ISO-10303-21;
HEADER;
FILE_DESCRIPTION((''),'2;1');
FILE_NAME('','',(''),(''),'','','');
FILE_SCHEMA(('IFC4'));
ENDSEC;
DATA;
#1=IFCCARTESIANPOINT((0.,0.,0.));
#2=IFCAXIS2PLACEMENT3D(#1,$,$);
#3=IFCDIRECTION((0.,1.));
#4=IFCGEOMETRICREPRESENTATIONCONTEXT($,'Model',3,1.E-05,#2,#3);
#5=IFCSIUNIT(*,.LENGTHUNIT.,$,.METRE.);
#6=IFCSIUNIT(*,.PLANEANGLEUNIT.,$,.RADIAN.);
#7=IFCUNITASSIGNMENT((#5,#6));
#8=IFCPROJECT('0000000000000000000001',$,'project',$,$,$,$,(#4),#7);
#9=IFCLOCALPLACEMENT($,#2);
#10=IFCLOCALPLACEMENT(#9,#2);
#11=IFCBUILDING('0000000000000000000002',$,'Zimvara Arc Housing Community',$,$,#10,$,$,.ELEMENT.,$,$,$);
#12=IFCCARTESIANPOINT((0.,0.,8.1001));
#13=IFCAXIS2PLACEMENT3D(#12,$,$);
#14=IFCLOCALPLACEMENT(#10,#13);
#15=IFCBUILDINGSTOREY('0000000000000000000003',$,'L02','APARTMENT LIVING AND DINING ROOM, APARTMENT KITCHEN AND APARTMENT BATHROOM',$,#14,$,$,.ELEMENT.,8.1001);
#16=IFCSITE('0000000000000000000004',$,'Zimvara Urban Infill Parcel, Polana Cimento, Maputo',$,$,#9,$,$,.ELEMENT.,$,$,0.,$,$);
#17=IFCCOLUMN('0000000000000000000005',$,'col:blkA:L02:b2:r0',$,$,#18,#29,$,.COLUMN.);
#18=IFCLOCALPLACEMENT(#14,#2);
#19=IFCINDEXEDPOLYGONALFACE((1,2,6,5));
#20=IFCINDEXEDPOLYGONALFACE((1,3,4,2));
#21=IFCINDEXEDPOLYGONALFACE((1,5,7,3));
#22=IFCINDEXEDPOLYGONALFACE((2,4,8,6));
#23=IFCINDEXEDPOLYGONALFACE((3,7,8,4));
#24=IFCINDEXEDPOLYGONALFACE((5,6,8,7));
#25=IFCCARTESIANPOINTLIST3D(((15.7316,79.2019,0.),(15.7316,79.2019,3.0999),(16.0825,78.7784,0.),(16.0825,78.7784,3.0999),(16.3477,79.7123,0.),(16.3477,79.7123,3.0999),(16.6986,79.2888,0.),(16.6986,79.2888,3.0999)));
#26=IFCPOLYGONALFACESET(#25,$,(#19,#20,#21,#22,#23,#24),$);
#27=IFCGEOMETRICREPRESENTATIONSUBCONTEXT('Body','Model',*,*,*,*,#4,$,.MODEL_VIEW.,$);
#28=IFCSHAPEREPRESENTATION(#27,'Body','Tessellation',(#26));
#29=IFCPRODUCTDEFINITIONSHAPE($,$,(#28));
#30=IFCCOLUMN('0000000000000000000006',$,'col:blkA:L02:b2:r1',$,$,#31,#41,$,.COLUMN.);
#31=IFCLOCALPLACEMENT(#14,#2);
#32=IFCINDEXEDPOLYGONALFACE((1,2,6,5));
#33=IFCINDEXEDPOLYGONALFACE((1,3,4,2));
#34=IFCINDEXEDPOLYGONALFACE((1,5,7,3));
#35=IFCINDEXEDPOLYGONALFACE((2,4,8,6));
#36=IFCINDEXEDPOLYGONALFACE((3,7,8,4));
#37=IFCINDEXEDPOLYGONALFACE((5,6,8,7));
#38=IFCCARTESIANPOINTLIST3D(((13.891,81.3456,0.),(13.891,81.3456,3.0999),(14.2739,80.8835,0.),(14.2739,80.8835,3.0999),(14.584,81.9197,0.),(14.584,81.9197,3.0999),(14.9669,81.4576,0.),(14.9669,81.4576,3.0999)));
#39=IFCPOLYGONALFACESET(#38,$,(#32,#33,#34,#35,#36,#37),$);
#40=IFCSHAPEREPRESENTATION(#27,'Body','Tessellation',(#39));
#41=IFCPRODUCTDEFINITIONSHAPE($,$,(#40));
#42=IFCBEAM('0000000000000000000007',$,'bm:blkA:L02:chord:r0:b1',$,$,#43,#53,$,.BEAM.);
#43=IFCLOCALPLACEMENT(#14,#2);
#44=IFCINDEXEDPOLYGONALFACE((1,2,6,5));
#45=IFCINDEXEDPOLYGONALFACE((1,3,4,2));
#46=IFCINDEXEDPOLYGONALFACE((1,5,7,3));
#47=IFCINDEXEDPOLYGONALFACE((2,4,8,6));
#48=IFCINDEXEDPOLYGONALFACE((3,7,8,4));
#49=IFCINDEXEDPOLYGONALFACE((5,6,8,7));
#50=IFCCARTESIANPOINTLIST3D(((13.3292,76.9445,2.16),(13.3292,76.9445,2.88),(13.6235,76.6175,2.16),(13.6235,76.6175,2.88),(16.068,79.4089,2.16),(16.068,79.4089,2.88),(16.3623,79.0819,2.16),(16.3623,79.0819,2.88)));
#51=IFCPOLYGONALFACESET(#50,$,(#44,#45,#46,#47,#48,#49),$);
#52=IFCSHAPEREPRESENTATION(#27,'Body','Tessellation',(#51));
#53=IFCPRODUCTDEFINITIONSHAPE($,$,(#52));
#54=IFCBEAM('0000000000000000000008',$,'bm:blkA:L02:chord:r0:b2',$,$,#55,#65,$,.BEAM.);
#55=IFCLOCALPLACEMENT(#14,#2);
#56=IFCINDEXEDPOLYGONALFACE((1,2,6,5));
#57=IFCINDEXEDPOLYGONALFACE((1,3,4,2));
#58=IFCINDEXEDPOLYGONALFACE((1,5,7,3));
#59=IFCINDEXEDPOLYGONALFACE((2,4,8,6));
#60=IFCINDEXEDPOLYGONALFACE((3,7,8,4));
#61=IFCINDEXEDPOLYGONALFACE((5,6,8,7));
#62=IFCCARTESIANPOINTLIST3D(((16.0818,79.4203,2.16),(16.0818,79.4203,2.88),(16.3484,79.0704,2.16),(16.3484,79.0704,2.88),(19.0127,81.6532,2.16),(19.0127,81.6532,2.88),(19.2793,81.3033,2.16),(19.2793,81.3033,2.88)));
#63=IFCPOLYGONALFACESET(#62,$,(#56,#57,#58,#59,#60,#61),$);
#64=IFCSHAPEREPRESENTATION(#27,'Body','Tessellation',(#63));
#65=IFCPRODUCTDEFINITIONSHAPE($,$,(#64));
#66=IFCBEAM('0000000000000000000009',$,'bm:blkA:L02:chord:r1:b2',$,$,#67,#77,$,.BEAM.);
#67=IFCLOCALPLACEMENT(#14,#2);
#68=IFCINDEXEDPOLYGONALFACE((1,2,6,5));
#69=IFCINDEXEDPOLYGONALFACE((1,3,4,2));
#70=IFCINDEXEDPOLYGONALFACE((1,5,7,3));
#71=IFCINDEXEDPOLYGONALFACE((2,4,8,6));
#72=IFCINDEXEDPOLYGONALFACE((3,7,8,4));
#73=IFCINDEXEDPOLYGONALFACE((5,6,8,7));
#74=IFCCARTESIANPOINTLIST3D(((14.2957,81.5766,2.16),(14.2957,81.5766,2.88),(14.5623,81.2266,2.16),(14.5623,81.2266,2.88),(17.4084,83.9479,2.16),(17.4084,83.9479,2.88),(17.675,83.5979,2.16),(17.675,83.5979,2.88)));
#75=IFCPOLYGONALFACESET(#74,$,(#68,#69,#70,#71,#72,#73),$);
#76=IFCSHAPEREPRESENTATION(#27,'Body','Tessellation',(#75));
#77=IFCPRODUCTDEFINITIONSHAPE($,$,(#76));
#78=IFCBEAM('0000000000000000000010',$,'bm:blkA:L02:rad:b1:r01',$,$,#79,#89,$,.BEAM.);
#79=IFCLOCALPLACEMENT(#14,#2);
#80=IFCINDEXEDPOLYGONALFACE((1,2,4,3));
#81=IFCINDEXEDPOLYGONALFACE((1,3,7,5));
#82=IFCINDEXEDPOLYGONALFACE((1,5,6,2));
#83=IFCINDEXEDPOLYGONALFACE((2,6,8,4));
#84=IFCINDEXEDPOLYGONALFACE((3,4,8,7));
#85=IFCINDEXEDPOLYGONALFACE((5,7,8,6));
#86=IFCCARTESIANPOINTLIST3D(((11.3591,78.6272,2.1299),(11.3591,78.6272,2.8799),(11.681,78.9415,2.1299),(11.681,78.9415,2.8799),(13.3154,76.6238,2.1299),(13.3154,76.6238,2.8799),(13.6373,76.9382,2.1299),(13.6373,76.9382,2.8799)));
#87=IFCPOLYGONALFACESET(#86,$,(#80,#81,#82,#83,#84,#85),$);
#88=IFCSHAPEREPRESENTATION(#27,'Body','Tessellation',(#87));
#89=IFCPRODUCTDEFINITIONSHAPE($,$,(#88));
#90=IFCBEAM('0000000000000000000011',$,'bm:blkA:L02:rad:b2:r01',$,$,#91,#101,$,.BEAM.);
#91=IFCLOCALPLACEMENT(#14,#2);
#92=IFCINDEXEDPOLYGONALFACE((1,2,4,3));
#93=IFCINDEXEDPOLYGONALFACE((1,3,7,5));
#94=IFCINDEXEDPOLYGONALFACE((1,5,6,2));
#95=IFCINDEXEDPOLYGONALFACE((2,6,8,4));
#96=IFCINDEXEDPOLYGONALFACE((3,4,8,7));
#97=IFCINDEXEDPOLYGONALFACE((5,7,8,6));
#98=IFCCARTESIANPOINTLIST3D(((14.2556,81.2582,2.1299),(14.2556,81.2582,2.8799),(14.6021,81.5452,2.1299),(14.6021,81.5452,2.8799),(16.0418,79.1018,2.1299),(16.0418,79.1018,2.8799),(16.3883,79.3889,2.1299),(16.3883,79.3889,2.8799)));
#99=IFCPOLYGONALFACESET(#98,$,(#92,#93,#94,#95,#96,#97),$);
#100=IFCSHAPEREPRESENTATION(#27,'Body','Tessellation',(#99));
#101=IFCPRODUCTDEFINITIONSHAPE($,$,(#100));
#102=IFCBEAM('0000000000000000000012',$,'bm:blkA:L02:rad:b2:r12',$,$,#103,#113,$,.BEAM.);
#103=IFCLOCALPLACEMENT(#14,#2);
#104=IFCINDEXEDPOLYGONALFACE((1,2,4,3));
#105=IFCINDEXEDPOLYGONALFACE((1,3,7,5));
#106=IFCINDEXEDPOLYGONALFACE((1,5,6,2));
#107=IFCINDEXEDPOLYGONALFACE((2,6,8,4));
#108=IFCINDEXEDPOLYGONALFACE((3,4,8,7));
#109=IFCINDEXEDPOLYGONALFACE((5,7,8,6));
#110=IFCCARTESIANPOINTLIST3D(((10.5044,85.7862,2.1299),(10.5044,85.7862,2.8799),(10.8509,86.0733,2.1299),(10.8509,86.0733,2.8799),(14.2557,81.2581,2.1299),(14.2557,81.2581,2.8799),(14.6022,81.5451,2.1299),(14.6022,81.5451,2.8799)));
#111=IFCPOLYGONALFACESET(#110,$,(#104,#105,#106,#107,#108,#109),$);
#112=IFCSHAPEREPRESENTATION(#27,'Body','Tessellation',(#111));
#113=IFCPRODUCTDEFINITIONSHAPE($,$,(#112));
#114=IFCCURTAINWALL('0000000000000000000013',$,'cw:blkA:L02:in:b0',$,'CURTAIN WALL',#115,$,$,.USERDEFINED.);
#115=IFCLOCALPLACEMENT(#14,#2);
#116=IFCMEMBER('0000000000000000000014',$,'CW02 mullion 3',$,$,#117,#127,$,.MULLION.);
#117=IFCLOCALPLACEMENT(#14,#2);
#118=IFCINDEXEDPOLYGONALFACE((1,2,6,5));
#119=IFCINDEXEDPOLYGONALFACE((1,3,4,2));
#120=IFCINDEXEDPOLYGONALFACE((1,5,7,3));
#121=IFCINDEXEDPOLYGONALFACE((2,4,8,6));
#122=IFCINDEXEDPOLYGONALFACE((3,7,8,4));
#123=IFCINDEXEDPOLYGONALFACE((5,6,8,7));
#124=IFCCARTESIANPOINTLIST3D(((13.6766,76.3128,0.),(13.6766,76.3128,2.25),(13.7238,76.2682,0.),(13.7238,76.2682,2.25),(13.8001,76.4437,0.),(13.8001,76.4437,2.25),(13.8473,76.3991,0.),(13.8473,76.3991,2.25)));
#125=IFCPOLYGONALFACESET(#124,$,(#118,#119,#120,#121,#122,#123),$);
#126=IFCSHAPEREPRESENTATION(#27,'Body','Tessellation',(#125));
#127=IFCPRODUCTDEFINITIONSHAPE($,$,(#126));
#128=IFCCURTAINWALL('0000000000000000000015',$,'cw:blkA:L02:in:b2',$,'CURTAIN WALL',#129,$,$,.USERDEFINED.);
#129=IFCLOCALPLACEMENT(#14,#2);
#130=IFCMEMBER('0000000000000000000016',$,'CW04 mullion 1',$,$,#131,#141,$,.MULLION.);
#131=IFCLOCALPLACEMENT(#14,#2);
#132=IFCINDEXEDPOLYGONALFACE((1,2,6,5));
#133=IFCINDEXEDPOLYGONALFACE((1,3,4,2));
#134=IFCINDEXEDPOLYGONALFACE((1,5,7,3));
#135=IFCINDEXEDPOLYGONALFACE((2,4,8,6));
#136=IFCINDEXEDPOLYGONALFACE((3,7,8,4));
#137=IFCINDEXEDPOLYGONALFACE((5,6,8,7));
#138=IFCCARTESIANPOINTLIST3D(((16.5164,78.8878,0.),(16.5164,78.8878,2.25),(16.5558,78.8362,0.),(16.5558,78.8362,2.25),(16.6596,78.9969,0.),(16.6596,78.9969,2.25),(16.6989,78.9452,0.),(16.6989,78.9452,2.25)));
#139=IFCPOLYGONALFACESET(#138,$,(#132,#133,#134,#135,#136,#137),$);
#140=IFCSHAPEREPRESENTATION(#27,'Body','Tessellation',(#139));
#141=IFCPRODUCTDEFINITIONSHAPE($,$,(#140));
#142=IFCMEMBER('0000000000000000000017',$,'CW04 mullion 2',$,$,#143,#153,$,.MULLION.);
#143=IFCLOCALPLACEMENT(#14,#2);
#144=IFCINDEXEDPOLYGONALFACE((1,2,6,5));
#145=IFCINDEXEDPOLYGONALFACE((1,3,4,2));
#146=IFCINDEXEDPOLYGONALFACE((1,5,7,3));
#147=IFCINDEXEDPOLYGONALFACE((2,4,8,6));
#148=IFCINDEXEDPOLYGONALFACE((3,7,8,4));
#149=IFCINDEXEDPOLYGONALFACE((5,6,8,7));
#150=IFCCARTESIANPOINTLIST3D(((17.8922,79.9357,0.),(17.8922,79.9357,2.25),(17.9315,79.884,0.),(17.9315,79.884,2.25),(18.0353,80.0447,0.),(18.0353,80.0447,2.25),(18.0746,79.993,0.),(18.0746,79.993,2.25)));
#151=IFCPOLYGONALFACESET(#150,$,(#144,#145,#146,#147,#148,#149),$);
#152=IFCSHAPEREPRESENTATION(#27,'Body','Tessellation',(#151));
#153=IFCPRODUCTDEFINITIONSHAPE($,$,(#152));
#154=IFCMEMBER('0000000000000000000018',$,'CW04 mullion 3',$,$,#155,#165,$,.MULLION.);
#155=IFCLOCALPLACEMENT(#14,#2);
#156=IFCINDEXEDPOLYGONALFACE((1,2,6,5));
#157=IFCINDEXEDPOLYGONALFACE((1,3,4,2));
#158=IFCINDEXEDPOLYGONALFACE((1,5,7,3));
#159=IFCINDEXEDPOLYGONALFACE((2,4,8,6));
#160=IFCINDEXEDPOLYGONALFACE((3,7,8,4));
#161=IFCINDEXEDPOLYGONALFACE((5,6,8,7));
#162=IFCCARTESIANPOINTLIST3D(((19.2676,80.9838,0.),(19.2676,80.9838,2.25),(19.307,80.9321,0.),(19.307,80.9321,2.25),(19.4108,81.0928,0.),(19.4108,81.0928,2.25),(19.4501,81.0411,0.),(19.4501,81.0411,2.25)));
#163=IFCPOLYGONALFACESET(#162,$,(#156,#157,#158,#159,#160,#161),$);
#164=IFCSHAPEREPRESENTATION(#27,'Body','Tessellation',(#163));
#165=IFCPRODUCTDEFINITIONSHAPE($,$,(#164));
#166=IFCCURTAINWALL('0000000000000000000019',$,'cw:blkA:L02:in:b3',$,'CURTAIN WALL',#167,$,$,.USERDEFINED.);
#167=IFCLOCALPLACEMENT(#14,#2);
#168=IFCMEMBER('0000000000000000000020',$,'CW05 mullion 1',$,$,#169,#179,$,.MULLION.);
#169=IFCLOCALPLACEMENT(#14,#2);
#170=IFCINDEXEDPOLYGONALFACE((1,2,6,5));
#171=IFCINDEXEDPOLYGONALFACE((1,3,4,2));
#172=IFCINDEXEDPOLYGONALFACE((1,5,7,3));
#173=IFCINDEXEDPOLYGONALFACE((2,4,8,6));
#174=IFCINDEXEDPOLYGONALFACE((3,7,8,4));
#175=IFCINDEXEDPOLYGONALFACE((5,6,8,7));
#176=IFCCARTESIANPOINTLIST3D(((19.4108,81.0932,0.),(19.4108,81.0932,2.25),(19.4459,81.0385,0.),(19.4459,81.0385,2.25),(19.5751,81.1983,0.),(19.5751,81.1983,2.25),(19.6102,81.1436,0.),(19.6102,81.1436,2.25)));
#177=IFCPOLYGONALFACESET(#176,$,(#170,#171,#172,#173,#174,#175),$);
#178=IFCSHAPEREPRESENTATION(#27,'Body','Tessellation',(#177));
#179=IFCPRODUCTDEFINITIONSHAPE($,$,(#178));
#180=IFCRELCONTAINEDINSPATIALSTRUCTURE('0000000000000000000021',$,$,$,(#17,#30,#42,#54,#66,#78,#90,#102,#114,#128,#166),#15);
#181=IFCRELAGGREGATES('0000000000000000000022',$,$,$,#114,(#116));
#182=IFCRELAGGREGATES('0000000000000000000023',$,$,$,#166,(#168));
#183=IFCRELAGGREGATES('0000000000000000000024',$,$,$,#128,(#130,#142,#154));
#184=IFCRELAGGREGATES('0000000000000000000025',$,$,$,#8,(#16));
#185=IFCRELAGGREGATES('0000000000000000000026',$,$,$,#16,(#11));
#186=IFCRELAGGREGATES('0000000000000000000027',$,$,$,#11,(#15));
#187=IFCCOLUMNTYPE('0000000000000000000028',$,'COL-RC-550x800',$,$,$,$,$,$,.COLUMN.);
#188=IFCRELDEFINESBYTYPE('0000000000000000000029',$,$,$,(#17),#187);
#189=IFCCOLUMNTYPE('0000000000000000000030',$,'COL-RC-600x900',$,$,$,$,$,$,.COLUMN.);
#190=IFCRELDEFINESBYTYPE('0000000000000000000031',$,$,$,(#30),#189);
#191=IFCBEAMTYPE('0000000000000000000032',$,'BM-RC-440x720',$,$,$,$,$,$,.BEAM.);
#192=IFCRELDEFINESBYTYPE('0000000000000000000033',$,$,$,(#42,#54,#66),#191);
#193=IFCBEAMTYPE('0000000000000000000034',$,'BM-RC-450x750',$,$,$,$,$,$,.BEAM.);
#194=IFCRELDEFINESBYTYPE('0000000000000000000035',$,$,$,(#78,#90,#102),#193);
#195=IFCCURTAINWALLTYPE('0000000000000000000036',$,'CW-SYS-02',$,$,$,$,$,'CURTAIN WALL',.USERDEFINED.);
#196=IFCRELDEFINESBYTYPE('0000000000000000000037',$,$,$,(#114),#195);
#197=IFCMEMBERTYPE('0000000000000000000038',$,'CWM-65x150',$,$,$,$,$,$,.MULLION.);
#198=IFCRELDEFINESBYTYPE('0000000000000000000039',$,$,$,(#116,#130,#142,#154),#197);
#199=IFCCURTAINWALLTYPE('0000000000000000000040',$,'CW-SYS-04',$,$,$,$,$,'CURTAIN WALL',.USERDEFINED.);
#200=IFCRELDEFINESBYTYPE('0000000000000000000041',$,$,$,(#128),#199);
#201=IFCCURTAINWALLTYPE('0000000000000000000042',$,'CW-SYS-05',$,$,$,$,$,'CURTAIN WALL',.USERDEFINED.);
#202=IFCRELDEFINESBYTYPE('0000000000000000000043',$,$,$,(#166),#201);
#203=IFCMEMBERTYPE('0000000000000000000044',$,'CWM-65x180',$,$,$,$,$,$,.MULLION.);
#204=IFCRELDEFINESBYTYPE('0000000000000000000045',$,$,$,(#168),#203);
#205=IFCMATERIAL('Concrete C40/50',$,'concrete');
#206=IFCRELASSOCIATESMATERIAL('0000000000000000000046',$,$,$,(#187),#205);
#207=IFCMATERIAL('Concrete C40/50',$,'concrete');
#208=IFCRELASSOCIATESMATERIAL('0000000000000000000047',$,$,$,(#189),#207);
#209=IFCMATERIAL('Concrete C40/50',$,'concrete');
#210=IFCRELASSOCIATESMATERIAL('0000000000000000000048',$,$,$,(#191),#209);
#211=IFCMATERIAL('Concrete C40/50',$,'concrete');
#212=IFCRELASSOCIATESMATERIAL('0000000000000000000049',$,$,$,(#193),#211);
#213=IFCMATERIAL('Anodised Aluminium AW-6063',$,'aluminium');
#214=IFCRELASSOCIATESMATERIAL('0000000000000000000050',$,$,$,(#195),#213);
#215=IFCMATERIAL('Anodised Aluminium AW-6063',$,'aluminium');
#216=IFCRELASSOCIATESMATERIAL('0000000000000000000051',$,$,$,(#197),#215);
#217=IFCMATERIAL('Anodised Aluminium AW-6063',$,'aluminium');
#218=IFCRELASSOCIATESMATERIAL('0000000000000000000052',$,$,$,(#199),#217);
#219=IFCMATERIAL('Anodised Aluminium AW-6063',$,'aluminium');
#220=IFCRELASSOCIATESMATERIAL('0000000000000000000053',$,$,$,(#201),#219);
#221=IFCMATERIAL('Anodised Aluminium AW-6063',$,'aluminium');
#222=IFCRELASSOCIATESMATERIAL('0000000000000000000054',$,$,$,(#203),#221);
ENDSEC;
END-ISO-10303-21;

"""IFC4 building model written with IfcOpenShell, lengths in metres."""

from ifc_helpers import new_model, si_unit, direction, frame, origin, origin_2d, place, context, subcontext, project, spatial, rectangle, extrude, material, material_profile, profile_set, type_object, element, aggregate, save


model = new_model("IFC4")

# Units and contexts
model_context = context("Model", 3, precision=1e-05, world=origin(), true_north=direction((0.0, 1.0)))
body_context = subcontext(model_context, "Body", "Model", "MODEL_VIEW")
ifc_project = project(units=[si_unit("LENGTHUNIT", "METRE"), si_unit("PLANEANGLEUNIT", "RADIAN")], contexts=[model_context])

# Site, building, storey
site_placement = place(None, origin())
site = spatial("IfcSite", under=ifc_project, at=site_placement, Name="Zimvara Urban Infill Parcel, Polana Cimento, Maputo", CompositionType="ELEMENT", RefElevation=0.0)
building_placement = place(site_placement, origin())
building = spatial("IfcBuilding", under=site, at=building_placement, Name="Zimvara Arc Housing Community", CompositionType="ELEMENT")
storey_placement = place(building_placement, frame((0.0, 0.0, 8.1001)))
storey = spatial("IfcBuildingStorey", under=building, at=storey_placement, Name="L02", Description="APARTMENT LIVING AND DINING ROOM, APARTMENT KITCHEN AND APARTMENT BATHROOM", CompositionType="ELEMENT", Elevation=8.1001)

# Columns
ifc_material_1 = material(Name="Concrete C40/50", Category="concrete")
ifc_material_profile_1 = material_profile(ifc_material_1, rectangle(XDim=0.55, YDim=0.8, at=origin_2d()), Name="RC 550x800")
ifc_profile_set_1 = profile_set([ifc_material_profile_1], Name="Concrete C40/50")
column_type_1 = type_object("IfcColumnType", Name="COL-RC-550x800", PredefinedType="COLUMN", material=ifc_profile_set_1)
column_1_placement = place(storey_placement, frame((16.2151, 79.2454, 0.0), z_axis=(0.0, 0.0, 1.0), x_axis=(-0.637962, 0.770068, 0.0)))
element("IfcColumn", 1, at=column_1_placement, inside=storey, type_object=column_type_1, Name="col:blkA:L02:b2:r0", PredefinedType="COLUMN", context=body_context, shape_type="SweptSolid", body=[
    extrude(rectangle(XDim=0.55, YDim=0.8, at=origin_2d()), origin(), (0.0, 0.0, 1.0), 3.0999),
])
ifc_material_2 = material(Name="Concrete C40/50", Category="concrete")
ifc_material_profile_2 = material_profile(ifc_material_2, rectangle(XDim=0.6001, YDim=0.8999, at=origin_2d()), Name="RC 600x900")
ifc_profile_set_2 = profile_set([ifc_material_profile_2], Name="Concrete C40/50")
column_type_2 = type_object("IfcColumnType", Name="COL-RC-600x900", PredefinedType="COLUMN", material=ifc_profile_set_2)
column_2_placement = place(storey_placement, frame((14.429, 81.4016, 0.0), z_axis=(0.0, 0.0, 1.0), x_axis=(-0.637962, 0.770068, 0.0)))
element("IfcColumn", 2, at=column_2_placement, inside=storey, type_object=column_type_2, Name="col:blkA:L02:b2:r1", PredefinedType="COLUMN", context=body_context, shape_type="SweptSolid", body=[
    extrude(rectangle(XDim=0.6001, YDim=0.8999, at=origin_2d()), origin(), (0.0, 0.0, 1.0), 3.0999),
])

# Beams
ifc_material_3 = material(Name="Concrete C40/50", Category="concrete")
ifc_material_profile_3 = material_profile(ifc_material_3, rectangle(XDim=0.4399, YDim=0.72, at=origin_2d()), Name="RC 440x720")
ifc_profile_set_3 = profile_set([ifc_material_profile_3], Name="Concrete C40/50")
beam_type_1 = type_object("IfcBeamType", Name="BM-RC-440x720", PredefinedType="BEAM", material=ifc_profile_set_3)
beam_1_placement = place(storey_placement, frame((13.4763, 76.781, 2.52), z_axis=(0.743367, 0.668884, 0.0), x_axis=(-0.668884, 0.743367, 0.0)))
element("IfcBeam", 3, at=beam_1_placement, inside=storey, type_object=beam_type_1, Name="bm:blkA:L02:chord:r0:b1", PredefinedType="BEAM", context=body_context, shape_type="SweptSolid", body=[
    extrude(rectangle(XDim=0.4399, YDim=0.72, at=origin_2d()), origin(), (0.0, 0.0, 1.0), 3.6843),
])
beam_2_placement = place(storey_placement, frame((16.2151, 79.2454, 2.52), z_axis=(0.795453, 0.606015, 0.0), x_axis=(-0.606015, 0.795453, 0.0)))
element("IfcBeam", 4, at=beam_2_placement, inside=storey, type_object=beam_type_1, Name="bm:blkA:L02:chord:r0:b2", PredefinedType="BEAM", context=body_context, shape_type="SweptSolid", body=[
    extrude(rectangle(XDim=0.4399, YDim=0.72, at=origin_2d()), origin(), (0.0, 0.0, 1.0), 3.6846),
])
beam_3_placement = place(storey_placement, frame((14.429, 81.4016, 2.52), z_axis=(0.79547, 0.605992, 0.0), x_axis=(-0.605992, 0.79547, 0.0)))
element("IfcBeam", 5, at=beam_3_placement, inside=storey, type_object=beam_type_1, Name="bm:blkA:L02:chord:r1:b2", PredefinedType="BEAM", context=body_context, shape_type="SweptSolid", body=[
    extrude(rectangle(XDim=0.4399, YDim=0.72, at=origin_2d()), origin(), (0.0, 0.0, 1.0), 3.9131),
])
ifc_material_4 = material(Name="Concrete C40/50", Category="concrete")
ifc_material_profile_4 = material_profile(ifc_material_4, rectangle(XDim=0.45, YDim=0.75, at=origin_2d()), Name="RC 450x750")
ifc_profile_set_4 = profile_set([ifc_material_profile_4], Name="Concrete C40/50")
beam_type_2 = type_object("IfcBeamType", Name="BM-RC-450x750", PredefinedType="BEAM", material=ifc_profile_set_4)
for number, where, z_axis, x_axis, name in (
    (6, (13.4763, 76.781, 2.5049), (-0.698643, 0.71547, 0.0), (-0.71547, -0.698643, 0.0), "bm:blkA:L02:rad:b1:r01"),
    (7, (16.2151, 79.2454, 2.5049), (-0.637917, 0.770105, 0.0), (-0.770105, -0.637917, 0.0), "bm:blkA:L02:rad:b2:r01"),
):
    element("IfcBeam", number, at=place(storey_placement, frame(where, z_axis=z_axis, x_axis=x_axis)), inside=storey, type_object=beam_type_2, Name=name, PredefinedType="BEAM", context=body_context, shape_type="SweptSolid", body=[
        extrude(rectangle(XDim=0.45, YDim=0.75, at=origin_2d()), origin(), (0.0, 0.0, 1.0), 2.8),
    ])
beam_4_placement = place(storey_placement, frame((14.429, 81.4016, 2.5049), z_axis=(-0.637956, 0.770073, 0.0), x_axis=(-0.770073, -0.637956, 0.0)))
element("IfcBeam", 8, at=beam_4_placement, inside=storey, type_object=beam_type_2, Name="bm:blkA:L02:rad:b2:r12", PredefinedType="BEAM", context=body_context, shape_type="SweptSolid", body=[
    extrude(rectangle(XDim=0.45, YDim=0.75, at=origin_2d()), origin(), (0.0, 0.0, 1.0), 5.8801),
])

# Curtain wall, member
ifc_material_5 = material(Name="Anodised Aluminium AW-6063", Category="aluminium")
curtain_wall_type_1 = type_object("IfcCurtainWallType", Name="CW-SYS-02", ElementType="CURTAIN WALL", PredefinedType="USERDEFINED", material=ifc_material_5)
curtain_wall_1_placement = place(storey_placement, origin())
curtain_wall_1 = element("IfcCurtainWall", 9, at=curtain_wall_1_placement, inside=storey, type_object=curtain_wall_type_1, Name="cw:blkA:L02:in:b0", ObjectType="CURTAIN WALL", PredefinedType="USERDEFINED")
ifc_material_6 = material(Name="Anodised Aluminium AW-6063", Category="aluminium")
ifc_material_profile_5 = material_profile(ifc_material_6, rectangle(XDim=0.0649, YDim=0.1799, at=origin_2d()), Name="ALU 65x180")
ifc_profile_set_5 = profile_set([ifc_material_profile_5], Name="Anodised Aluminium AW-6063")
member_type_1 = type_object("IfcMemberType", Name="CWM-65x150", PredefinedType="MULLION", material=ifc_profile_set_5)
member_1_placement = place(storey_placement, frame((13.762, 76.356, 0.0), z_axis=(0.0, 0.0, 1.0), x_axis=(-0.727293, 0.686327, 0.0)))
member_1 = element("IfcMember", 10, at=member_1_placement, type_object=member_type_1, Name="CW02 mullion 3", PredefinedType="MULLION", context=body_context, shape_type="SweptSolid", body=[
    extrude(rectangle(XDim=0.0649, YDim=0.1799, at=origin_2d()), origin(), (0.0, 0.0, 1.0), 2.25),
])
aggregate(curtain_wall_1, [member_1])

# Curtain wall, members
ifc_material_7 = material(Name="Anodised Aluminium AW-6063", Category="aluminium")
curtain_wall_type_2 = type_object("IfcCurtainWallType", Name="CW-SYS-04", ElementType="CURTAIN WALL", PredefinedType="USERDEFINED", material=ifc_material_7)
curtain_wall_2_placement = place(storey_placement, origin())
curtain_wall_2 = element("IfcCurtainWall", 11, at=curtain_wall_2_placement, inside=storey, type_object=curtain_wall_type_2, Name="cw:blkA:L02:in:b2", ObjectType="CURTAIN WALL", PredefinedType="USERDEFINED")
member_2_placement = place(storey_placement, frame((16.6077, 78.9165, 0.0), z_axis=(0.0, 0.0, 1.0), x_axis=(-0.605988, 0.795474, 0.0)))
member_2 = element("IfcMember", 12, at=member_2_placement, type_object=member_type_1, Name="CW04 mullion 1", PredefinedType="MULLION", context=body_context, shape_type="SweptSolid", body=[
    extrude(rectangle(XDim=0.0649, YDim=0.1799, at=origin_2d()), origin(), (0.0, 0.0, 1.0), 2.25),
])
member_3_placement = place(storey_placement, frame((17.9834, 79.9644, 0.0), z_axis=(0.0, 0.0, 1.0), x_axis=(-0.605988, 0.795474, 0.0)))
member_3 = element("IfcMember", 13, at=member_3_placement, type_object=member_type_1, Name="CW04 mullion 2", PredefinedType="MULLION", context=body_context, shape_type="SweptSolid", body=[
    extrude(rectangle(XDim=0.0649, YDim=0.1799, at=origin_2d()), origin(), (0.0, 0.0, 1.0), 2.25),
])
member_4_placement = place(storey_placement, frame((19.3589, 81.0125, 0.0), z_axis=(0.0, 0.0, 1.0), x_axis=(-0.605988, 0.795474, 0.0)))
member_4 = element("IfcMember", 14, at=member_4_placement, type_object=member_type_1, Name="CW04 mullion 3", PredefinedType="MULLION", context=body_context, shape_type="SweptSolid", body=[
    extrude(rectangle(XDim=0.0649, YDim=0.1799, at=origin_2d()), origin(), (0.0, 0.0, 1.0), 2.25),
])

# Curtain wall, member
ifc_material_8 = material(Name="Anodised Aluminium AW-6063", Category="aluminium")
curtain_wall_type_3 = type_object("IfcCurtainWallType", Name="CW-SYS-05", ElementType="CURTAIN WALL", PredefinedType="USERDEFINED", material=ifc_material_8)
curtain_wall_3_placement = place(storey_placement, origin())
curtain_wall_3 = element("IfcCurtainWall", 15, at=curtain_wall_3_placement, inside=storey, type_object=curtain_wall_type_3, Name="cw:blkA:L02:in:b3", ObjectType="CURTAIN WALL", PredefinedType="USERDEFINED")
ifc_material_9 = material(Name="Anodised Aluminium AW-6063", Category="aluminium")
ifc_material_profile_6 = material_profile(ifc_material_9, rectangle(XDim=0.0649, YDim=0.1951, at=origin_2d()), Name="ALU 65x195")
ifc_profile_set_6 = profile_set([ifc_material_profile_6], Name="Anodised Aluminium AW-6063")
member_type_2 = type_object("IfcMemberType", Name="CWM-65x180", PredefinedType="MULLION", material=ifc_profile_set_6)
member_5_placement = place(storey_placement, frame((19.5105, 81.1184, 0.0), z_axis=(0.0, 0.0, 1.0), x_axis=(-0.539064, 0.842265, 0.0)))
member_5 = element("IfcMember", 16, at=member_5_placement, type_object=member_type_2, Name="CW05 mullion 1", PredefinedType="MULLION", context=body_context, shape_type="SweptSolid", body=[
    extrude(rectangle(XDim=0.0649, YDim=0.1951, at=origin_2d()), origin(), (0.0, 0.0, 1.0), 2.25),
])

aggregate(curtain_wall_3, [member_5])

aggregate(curtain_wall_2, [member_2, member_3, member_4])

save(model, "model.ifc")
